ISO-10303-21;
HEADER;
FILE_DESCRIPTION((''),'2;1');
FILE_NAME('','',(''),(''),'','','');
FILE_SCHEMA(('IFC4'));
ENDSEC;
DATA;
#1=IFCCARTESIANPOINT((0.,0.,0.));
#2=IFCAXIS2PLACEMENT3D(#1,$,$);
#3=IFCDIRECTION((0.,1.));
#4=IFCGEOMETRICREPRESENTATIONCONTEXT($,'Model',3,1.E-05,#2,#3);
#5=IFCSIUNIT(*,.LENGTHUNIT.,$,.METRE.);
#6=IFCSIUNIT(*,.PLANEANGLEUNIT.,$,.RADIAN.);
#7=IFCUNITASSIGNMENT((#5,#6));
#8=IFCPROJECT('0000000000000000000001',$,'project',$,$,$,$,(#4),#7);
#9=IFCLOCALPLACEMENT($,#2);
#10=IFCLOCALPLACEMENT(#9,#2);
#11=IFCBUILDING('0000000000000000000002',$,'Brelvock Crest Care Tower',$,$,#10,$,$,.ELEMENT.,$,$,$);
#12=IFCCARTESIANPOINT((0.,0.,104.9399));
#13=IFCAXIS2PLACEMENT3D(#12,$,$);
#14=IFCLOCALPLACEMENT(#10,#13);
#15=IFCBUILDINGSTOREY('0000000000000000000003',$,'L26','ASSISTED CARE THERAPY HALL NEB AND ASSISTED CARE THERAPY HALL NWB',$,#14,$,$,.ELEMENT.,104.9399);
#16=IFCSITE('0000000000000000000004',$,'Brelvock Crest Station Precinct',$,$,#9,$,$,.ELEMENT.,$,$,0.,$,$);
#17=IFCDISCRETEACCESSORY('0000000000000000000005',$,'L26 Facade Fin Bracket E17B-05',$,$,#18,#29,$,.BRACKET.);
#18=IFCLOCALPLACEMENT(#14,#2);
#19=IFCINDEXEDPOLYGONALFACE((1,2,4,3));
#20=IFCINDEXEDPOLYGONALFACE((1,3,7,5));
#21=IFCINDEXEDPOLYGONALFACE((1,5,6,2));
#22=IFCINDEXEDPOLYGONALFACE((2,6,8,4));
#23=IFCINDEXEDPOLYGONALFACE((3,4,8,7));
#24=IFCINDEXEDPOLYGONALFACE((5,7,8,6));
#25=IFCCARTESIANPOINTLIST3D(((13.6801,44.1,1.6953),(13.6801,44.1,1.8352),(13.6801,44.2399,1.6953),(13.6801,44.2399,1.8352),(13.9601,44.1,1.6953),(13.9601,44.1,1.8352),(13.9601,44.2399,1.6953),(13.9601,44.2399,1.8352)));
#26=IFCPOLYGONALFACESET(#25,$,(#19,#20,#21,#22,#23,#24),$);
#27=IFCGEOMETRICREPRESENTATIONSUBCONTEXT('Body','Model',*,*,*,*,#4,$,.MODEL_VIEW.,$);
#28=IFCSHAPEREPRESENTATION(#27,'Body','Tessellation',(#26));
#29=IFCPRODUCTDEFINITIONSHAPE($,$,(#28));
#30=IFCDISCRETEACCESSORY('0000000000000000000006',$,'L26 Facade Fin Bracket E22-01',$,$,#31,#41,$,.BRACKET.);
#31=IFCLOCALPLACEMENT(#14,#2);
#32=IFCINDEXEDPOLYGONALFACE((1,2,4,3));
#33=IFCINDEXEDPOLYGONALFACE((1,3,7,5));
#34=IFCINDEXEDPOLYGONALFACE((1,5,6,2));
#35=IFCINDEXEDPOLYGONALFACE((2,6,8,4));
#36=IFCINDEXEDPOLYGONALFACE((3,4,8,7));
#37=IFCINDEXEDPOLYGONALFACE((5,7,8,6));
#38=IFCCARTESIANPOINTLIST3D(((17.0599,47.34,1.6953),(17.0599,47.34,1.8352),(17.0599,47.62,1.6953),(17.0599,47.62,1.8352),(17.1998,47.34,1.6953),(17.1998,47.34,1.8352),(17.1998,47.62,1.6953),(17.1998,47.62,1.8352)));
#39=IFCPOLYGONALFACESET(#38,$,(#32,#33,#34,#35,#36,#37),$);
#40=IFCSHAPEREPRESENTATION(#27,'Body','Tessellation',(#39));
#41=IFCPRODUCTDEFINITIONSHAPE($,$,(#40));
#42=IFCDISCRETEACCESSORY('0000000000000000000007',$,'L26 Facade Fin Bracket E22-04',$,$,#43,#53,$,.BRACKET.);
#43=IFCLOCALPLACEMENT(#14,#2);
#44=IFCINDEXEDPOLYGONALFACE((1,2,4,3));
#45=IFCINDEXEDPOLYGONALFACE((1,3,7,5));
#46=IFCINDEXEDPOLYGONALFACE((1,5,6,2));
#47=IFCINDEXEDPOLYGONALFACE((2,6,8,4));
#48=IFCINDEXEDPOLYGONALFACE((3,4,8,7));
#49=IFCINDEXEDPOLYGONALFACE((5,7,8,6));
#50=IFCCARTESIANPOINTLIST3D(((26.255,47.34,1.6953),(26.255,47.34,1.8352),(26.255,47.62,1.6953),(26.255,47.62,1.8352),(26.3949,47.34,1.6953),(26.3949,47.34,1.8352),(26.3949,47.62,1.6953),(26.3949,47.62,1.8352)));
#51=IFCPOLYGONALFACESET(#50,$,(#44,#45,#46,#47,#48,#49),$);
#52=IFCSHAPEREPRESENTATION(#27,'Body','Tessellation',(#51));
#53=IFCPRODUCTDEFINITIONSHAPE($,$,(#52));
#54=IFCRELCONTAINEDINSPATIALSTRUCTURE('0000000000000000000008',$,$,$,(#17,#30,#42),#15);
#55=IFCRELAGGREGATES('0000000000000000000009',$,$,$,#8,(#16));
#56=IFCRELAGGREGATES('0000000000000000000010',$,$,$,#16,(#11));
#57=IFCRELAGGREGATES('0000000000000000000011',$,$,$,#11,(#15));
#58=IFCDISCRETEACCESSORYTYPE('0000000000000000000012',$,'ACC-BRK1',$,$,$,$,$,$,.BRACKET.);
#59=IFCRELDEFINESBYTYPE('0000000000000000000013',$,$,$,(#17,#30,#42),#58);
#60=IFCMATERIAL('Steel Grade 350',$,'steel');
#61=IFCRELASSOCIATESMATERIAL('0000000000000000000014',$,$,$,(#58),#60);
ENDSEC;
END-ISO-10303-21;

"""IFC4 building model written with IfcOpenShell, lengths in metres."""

from ifc_helpers import new_model, si_unit, direction, frame, origin, origin_2d, place, context, subcontext, project, spatial, rectangle, extrude, source, transform, mapped, material, type_object, element, save


model = new_model("IFC4")

# Units and contexts
model_context = context("Model", 3, precision=1e-05, world=origin(), true_north=direction((0.0, 1.0)))
body_context = subcontext(model_context, "Body", "Model", "MODEL_VIEW")
ifc_project = project(units=[si_unit("LENGTHUNIT", "METRE"), si_unit("PLANEANGLEUNIT", "RADIAN")], contexts=[model_context])

# Site, building, storey
site_placement = place(None, origin())
site = spatial("IfcSite", under=ifc_project, at=site_placement, Name="Brelvock Crest Station Precinct", CompositionType="ELEMENT", RefElevation=0.0)
building_placement = place(site_placement, origin())
building = spatial("IfcBuilding", under=site, at=building_placement, Name="Brelvock Crest Care Tower", CompositionType="ELEMENT")
storey_placement = place(building_placement, frame((0.0, 0.0, 104.9399)))
storey = spatial("IfcBuildingStorey", under=building, at=storey_placement, Name="L26", Description="ASSISTED CARE THERAPY HALL NEB AND ASSISTED CARE THERAPY HALL NWB", CompositionType="ELEMENT", Elevation=104.9399)

# Discrete accessories
ifc_material_1 = material(Name="Steel Grade 350", Category="steel")
discrete_accessory_type = type_object("IfcDiscreteAccessoryType", Name="ACC-BRK1", PredefinedType="BRACKET", material=ifc_material_1)
shared_shape_1 = source(origin(), body_context, "Body", "SweptSolid", [
    extrude(rectangle(XDim=0.28, YDim=0.1399, at=origin_2d()), origin(), (0.0, 0.0, 1.0), 0.1399),
])
for number, where, z_axis, x_axis, name in (
    (1, (13.8201, 44.1699, 1.6953), (0.0, 0.0, 1.0), (-1.0, 0.0, 0.0), "L26 Facade Fin Bracket E17B-05"),
    (2, (17.1299, 47.48, 1.6953), (0.0, 0.0, 1.0), (0.0, 1.0, 0.0), "L26 Facade Fin Bracket E22-01"),
    (3, (26.325, 47.48, 1.6953), (0.0, 0.0, 1.0), (0.0, 1.0, 0.0), "L26 Facade Fin Bracket E22-04"),
):
    element("IfcDiscreteAccessory", number, at=place(storey_placement, frame(where, z_axis=z_axis, x_axis=x_axis)), inside=storey, type_object=discrete_accessory_type, Name=name, PredefinedType="BRACKET", context=body_context, shape_type="MappedRepresentation", body=[
        mapped(shared_shape_1, transform((0.0, 0.0, 0.0), x_axis=(1.0, 0.0, 0.0), y_axis=(0.0, 1.0, 0.0), z_axis=(0.0, 0.0, 1.0), scale=1.0)),
    ])

save(model, "model.ifc")
